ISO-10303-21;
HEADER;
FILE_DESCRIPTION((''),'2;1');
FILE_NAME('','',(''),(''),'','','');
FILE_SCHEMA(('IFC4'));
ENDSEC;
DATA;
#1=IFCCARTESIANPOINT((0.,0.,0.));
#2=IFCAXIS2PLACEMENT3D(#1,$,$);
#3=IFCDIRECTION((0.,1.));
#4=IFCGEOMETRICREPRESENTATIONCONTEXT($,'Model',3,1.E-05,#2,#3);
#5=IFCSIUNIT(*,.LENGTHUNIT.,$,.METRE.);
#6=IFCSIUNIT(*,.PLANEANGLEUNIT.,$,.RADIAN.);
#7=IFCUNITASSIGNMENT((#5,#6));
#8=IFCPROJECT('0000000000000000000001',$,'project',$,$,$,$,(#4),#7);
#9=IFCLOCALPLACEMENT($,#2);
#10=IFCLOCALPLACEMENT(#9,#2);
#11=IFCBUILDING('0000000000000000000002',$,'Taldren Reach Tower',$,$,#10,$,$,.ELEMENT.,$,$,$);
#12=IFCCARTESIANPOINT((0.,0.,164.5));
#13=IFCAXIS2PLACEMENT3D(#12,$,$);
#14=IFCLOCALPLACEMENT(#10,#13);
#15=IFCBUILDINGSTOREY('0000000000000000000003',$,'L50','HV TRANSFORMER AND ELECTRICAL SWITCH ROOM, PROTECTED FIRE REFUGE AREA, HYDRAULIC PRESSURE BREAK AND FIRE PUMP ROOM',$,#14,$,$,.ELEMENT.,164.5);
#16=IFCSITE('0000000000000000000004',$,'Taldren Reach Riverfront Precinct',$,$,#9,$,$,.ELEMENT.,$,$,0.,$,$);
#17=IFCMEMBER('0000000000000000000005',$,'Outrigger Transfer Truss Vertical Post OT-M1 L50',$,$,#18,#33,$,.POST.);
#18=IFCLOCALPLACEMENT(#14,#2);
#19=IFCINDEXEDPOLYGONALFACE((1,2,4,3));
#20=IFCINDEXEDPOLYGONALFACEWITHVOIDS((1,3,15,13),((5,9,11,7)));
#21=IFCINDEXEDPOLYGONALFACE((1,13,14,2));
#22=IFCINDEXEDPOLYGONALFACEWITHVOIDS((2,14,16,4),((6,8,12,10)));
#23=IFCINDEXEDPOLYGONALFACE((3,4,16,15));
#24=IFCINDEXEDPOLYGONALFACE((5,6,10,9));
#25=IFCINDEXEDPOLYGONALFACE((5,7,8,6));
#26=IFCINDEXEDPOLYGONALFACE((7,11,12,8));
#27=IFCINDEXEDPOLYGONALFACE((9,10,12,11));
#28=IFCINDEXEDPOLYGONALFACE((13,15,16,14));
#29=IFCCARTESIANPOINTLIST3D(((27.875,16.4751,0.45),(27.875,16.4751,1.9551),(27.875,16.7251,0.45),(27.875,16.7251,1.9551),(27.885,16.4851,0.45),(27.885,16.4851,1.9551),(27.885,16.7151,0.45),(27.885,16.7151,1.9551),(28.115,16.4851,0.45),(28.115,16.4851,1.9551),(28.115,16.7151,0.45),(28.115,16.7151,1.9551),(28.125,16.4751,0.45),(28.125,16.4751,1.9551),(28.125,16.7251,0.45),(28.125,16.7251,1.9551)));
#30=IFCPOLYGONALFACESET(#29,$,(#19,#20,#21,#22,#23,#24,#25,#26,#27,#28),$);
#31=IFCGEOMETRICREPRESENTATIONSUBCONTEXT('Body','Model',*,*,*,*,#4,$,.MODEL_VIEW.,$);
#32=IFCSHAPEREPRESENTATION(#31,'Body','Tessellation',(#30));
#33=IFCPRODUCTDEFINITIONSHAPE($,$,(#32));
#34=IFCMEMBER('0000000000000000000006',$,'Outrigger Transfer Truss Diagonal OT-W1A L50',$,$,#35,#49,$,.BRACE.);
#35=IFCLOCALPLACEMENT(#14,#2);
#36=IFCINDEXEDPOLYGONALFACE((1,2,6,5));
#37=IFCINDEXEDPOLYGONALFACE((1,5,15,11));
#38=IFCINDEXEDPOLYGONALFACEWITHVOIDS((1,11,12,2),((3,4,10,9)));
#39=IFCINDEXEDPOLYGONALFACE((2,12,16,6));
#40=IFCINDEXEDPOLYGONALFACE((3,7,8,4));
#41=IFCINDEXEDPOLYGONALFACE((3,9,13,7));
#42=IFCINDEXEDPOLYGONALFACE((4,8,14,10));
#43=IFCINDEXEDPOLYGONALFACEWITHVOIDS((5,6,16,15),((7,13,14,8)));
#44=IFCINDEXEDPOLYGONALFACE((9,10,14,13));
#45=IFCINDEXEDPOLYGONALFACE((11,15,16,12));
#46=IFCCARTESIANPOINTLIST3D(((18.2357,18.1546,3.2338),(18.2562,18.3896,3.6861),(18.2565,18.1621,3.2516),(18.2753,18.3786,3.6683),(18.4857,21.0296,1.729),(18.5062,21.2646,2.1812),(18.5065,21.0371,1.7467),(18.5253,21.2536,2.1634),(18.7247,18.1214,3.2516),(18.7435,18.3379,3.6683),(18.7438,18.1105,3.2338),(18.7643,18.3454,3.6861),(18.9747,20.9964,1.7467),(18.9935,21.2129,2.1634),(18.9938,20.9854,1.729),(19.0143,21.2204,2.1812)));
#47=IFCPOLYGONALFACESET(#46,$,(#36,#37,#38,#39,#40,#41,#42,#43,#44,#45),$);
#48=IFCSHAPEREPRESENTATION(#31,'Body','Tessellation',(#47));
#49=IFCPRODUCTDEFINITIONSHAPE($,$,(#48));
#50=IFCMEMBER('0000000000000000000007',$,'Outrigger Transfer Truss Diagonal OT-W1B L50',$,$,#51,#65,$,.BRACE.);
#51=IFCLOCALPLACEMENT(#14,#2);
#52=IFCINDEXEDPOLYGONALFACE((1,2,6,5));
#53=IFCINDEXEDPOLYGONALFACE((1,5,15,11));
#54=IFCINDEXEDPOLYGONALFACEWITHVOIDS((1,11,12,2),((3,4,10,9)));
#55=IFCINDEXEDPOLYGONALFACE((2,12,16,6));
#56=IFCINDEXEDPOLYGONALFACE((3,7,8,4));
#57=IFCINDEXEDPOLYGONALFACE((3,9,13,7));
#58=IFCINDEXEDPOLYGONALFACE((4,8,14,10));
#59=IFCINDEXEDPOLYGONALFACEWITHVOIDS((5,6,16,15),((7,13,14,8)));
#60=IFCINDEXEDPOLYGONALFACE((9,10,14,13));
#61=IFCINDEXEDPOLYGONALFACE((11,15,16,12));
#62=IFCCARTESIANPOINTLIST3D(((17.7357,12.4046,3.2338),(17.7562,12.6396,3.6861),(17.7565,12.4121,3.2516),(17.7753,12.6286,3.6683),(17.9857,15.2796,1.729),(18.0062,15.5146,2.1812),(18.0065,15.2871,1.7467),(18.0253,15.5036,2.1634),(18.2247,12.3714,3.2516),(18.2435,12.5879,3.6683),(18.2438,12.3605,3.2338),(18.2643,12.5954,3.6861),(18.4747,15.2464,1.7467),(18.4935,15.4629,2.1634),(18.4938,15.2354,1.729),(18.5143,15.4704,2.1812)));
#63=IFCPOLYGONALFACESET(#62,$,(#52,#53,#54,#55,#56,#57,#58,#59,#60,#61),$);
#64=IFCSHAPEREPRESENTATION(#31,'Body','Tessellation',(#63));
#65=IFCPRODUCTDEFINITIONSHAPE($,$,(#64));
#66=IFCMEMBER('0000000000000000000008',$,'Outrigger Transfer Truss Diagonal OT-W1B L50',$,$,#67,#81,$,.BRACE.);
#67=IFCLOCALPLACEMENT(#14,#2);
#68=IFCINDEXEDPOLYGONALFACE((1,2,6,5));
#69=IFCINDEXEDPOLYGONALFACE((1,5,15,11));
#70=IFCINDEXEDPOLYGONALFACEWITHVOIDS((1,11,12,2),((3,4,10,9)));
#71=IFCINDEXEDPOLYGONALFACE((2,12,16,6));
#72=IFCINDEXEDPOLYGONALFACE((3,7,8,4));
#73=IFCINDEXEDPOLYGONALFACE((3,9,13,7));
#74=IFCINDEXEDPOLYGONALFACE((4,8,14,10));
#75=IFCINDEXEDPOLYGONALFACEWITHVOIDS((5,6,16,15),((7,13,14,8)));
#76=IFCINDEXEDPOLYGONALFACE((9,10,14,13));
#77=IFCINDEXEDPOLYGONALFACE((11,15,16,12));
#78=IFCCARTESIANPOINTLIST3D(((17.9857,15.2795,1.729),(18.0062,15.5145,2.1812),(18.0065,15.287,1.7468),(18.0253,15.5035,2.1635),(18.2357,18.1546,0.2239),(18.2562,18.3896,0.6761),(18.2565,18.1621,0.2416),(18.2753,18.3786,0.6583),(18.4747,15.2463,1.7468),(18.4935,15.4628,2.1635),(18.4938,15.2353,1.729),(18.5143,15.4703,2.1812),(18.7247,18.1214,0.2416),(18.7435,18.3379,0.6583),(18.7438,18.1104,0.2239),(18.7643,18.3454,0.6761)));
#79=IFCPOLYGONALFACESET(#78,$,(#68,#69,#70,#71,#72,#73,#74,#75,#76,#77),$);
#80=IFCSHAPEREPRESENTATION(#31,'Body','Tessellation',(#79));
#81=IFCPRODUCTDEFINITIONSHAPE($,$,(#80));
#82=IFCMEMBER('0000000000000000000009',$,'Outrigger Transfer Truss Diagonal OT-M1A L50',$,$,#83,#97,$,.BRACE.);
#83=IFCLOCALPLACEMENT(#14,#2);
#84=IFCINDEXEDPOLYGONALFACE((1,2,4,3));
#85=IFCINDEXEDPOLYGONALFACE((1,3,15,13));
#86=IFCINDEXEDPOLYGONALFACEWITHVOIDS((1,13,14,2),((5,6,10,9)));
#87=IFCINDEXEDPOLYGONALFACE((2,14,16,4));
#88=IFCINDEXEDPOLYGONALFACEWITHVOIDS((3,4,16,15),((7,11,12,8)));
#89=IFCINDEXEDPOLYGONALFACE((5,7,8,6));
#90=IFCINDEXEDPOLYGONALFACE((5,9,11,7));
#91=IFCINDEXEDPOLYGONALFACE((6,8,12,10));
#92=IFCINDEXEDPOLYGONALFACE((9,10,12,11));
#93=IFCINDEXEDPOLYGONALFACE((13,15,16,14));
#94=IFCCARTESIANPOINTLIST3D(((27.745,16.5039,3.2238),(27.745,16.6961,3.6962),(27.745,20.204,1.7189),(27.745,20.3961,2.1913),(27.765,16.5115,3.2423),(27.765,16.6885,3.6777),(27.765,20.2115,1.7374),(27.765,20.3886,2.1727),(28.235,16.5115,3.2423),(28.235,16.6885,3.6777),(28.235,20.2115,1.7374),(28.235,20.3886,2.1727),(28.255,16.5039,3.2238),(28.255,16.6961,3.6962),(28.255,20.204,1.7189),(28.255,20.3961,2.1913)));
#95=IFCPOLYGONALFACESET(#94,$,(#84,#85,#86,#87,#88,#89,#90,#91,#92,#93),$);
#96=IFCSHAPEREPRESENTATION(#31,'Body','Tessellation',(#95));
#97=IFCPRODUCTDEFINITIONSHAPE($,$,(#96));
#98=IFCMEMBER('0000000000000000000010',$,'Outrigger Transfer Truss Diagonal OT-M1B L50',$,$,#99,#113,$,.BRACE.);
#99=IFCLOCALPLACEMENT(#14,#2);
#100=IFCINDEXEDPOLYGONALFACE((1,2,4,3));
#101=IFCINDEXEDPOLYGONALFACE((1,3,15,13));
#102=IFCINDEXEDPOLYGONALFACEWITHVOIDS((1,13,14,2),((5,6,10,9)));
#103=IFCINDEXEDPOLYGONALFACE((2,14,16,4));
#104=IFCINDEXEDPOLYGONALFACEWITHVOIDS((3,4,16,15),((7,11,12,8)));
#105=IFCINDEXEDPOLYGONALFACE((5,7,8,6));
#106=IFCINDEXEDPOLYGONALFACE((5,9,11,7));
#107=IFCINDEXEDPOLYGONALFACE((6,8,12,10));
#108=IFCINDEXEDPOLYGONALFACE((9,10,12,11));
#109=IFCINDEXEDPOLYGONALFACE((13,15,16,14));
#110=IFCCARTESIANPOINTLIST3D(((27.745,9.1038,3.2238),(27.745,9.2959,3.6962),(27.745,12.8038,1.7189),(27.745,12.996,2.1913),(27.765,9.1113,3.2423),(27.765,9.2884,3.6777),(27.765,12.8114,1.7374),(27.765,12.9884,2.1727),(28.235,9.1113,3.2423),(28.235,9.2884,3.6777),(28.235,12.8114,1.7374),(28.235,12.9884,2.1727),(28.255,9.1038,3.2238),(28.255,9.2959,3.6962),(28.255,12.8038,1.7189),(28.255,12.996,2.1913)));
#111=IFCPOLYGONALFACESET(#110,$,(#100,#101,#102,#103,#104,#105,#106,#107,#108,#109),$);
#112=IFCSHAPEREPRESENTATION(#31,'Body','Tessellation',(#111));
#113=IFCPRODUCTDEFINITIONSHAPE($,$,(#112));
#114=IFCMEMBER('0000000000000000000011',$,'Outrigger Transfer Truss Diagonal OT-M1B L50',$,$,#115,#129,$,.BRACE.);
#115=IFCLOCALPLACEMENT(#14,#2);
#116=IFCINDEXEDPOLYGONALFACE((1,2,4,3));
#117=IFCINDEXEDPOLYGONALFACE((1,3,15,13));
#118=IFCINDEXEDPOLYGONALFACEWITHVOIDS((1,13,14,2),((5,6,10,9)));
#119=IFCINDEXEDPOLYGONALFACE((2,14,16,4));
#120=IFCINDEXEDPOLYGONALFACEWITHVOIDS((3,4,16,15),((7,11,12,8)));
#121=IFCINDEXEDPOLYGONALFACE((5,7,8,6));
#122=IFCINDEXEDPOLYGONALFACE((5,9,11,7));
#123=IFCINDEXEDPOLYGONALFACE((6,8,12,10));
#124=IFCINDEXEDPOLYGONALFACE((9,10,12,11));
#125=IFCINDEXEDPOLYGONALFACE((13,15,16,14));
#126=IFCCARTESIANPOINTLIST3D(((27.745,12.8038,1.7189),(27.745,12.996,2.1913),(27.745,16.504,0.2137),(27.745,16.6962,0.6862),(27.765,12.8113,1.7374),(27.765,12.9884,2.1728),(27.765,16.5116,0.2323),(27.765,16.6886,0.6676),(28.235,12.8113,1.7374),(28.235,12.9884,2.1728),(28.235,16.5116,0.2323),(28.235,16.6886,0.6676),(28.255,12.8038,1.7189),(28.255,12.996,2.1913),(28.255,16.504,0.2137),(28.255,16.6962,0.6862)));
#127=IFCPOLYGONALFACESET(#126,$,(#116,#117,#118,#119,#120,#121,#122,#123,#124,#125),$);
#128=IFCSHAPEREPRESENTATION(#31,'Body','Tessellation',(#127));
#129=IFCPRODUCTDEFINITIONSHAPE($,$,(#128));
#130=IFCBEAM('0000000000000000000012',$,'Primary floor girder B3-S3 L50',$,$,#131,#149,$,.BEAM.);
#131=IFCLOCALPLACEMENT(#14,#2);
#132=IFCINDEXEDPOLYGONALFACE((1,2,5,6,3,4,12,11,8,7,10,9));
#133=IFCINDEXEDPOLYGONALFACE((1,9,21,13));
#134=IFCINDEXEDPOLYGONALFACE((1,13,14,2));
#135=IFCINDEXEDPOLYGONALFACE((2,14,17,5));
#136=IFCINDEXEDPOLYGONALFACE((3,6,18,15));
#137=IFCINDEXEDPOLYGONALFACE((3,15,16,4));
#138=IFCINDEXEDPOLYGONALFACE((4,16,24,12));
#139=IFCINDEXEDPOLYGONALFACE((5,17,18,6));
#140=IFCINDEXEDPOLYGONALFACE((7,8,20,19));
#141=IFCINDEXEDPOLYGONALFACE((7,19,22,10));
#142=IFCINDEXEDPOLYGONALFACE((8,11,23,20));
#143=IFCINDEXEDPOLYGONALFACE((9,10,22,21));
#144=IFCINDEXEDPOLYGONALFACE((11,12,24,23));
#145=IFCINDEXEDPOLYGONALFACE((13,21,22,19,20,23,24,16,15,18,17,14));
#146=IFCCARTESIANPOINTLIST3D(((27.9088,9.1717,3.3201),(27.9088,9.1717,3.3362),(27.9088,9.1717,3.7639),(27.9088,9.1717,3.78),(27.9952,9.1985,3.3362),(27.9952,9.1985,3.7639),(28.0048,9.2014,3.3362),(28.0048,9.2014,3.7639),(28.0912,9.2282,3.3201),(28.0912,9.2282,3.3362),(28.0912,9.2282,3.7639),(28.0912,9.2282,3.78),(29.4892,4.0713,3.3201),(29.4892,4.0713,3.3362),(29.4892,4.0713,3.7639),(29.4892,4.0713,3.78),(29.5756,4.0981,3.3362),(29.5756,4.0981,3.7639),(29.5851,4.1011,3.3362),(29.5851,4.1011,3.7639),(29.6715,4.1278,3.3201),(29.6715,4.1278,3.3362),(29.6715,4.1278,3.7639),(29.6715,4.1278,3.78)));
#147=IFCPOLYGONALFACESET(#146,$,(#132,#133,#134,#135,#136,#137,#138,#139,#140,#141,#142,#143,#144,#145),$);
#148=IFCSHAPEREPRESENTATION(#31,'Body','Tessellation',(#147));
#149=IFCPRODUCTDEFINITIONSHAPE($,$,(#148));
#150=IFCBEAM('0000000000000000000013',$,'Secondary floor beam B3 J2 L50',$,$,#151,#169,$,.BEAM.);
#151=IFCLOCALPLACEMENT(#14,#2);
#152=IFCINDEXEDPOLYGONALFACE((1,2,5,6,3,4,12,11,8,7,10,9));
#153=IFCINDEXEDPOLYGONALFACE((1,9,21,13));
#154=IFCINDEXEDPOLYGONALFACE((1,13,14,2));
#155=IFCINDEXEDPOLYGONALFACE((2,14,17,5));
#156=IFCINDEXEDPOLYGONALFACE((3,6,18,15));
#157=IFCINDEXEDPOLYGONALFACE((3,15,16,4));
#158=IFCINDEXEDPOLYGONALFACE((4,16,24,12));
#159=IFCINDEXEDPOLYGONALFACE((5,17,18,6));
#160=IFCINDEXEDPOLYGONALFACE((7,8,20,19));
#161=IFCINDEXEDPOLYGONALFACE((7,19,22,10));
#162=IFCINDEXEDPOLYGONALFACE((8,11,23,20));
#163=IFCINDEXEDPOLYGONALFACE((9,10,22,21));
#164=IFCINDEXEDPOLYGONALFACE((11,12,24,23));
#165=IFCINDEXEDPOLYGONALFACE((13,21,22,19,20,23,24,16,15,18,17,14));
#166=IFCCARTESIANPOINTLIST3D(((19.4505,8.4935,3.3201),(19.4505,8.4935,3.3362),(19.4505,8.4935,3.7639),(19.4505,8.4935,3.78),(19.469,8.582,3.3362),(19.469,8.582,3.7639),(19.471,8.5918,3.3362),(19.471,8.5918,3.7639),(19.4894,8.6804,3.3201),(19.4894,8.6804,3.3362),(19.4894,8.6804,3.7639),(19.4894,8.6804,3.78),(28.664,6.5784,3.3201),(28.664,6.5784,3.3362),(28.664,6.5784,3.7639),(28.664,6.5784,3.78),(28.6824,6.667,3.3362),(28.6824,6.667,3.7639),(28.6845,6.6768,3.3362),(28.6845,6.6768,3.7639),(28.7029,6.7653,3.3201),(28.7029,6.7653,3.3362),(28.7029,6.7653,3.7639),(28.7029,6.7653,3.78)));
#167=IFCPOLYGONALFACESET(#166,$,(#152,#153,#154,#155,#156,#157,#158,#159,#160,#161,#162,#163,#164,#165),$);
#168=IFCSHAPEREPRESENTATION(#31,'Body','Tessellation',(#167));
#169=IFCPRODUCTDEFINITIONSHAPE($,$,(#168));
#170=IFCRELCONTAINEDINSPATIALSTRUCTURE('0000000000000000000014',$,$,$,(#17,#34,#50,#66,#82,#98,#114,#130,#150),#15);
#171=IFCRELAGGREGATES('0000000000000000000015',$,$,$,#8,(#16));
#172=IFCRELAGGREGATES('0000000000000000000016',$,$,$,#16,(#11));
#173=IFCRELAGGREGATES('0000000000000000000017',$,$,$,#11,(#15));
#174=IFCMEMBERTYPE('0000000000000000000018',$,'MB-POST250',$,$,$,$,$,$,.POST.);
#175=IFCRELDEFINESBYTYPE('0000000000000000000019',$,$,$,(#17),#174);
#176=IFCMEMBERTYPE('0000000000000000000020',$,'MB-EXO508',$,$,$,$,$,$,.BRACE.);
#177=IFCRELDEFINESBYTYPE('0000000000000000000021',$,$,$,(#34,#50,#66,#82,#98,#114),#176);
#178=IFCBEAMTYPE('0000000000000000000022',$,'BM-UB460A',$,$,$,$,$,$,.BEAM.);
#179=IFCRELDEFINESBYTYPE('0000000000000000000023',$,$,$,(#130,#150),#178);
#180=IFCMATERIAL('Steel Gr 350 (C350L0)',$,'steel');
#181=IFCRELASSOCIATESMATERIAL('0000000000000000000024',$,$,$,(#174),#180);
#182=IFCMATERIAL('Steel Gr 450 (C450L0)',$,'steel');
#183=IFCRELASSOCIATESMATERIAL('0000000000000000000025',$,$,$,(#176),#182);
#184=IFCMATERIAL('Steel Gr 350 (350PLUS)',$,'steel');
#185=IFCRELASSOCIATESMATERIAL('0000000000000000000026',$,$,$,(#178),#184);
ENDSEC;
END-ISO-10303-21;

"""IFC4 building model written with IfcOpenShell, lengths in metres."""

from ifc_helpers import new_model, si_unit, direction, frame, origin, origin_2d, place, context, subcontext, project, spatial, hollow_rectangle, i_section, extrude, source, transform, mapped, material, material_profile, profile_set, type_object, element, save


model = new_model("IFC4")

# Units and contexts
model_context = context("Model", 3, precision=1e-05, world=origin(), true_north=direction((0.0, 1.0)))
body_context = subcontext(model_context, "Body", "Model", "MODEL_VIEW")
ifc_project = project(units=[si_unit("LENGTHUNIT", "METRE"), si_unit("PLANEANGLEUNIT", "RADIAN")], contexts=[model_context])

# Site, building, storey
site_placement = place(None, origin())
site = spatial("IfcSite", under=ifc_project, at=site_placement, Name="Taldren Reach Riverfront Precinct", CompositionType="ELEMENT", RefElevation=0.0)
building_placement = place(site_placement, origin())
building = spatial("IfcBuilding", under=site, at=building_placement, Name="Taldren Reach Tower", CompositionType="ELEMENT")
storey_placement = place(building_placement, frame((0.0, 0.0, 164.5)))
storey = spatial("IfcBuildingStorey", under=building, at=storey_placement, Name="L50", Description="HV TRANSFORMER AND ELECTRICAL SWITCH ROOM, PROTECTED FIRE REFUGE AREA, HYDRAULIC PRESSURE BREAK AND FIRE PUMP ROOM", CompositionType="ELEMENT", Elevation=164.5)

# Shared definitions
ifc_material_1 = material(Name="Steel Gr 350 (350PLUS)", Category="steel")

# Members
ifc_material_2 = material(Name="Steel Gr 450 (C450L0)", Category="steel")
ifc_material_3 = material(Name="Steel Gr 350 (C350L0)", Category="steel")
ifc_material_profile_1 = material_profile(ifc_material_3, hollow_rectangle(XDim=0.25, YDim=0.25, WallThickness=0.01, at=origin_2d()), Name="250x250x10.0SHS")
ifc_profile_set_1 = profile_set([ifc_material_profile_1], Name="Steel Gr 350 (C350L0)")
member_type_1 = type_object("IfcMemberType", Name="MB-POST250", PredefinedType="POST", material=ifc_profile_set_1)
shared_shape_1 = source(origin(), body_context, "Body", "SweptSolid", [
    extrude(hollow_rectangle(XDim=0.25, YDim=0.25, WallThickness=0.01, at=origin_2d()), origin(), (0.0, 0.0, 1.0), 1.5051),
])
for number, where, z_axis, x_axis, name in (
    (1, (28.0, 16.6001, 0.45), (0.0, 0.0, 1.0), (1.0, 0.0, 0.0), "Outrigger Transfer Truss Vertical Post OT-M1 L50"),
):
    element("IfcMember", number, at=place(storey_placement, frame(where, z_axis=z_axis, x_axis=x_axis)), inside=storey, type_object=member_type_1, Name=name, PredefinedType="POST", context=body_context, shape_type="MappedRepresentation", body=[
        mapped(shared_shape_1, transform((0.0, 0.0, 0.0), scale=1.0)),
    ])
ifc_material_profile_2 = material_profile(ifc_material_2, hollow_rectangle(XDim=0.51, YDim=0.51, WallThickness=0.02, at=origin_2d()), Name="510x510x20.0SHS")
ifc_profile_set_2 = profile_set([ifc_material_profile_2], Name="Steel Gr 450 (C450L0)")
member_type_2 = type_object("IfcMemberType", Name="MB-EXO508", PredefinedType="BRACE", material=ifc_profile_set_2)
shared_shape_2 = source(origin(), body_context, "Body", "SweptSolid", [
    extrude(hollow_rectangle(XDim=0.51, YDim=0.51, WallThickness=0.02, at=origin_2d()), origin(), (0.0, 0.0, 1.0), 3.2546),
])
for number, where, z_axis, x_axis, name in (
    (2, (18.75, 21.125, 1.9551), (-0.076813, -0.883349, 0.462378), (0.996241, -0.08663, 0.0), "Outrigger Transfer Truss Diagonal OT-W1A L50"),
    (3, (18.25, 15.375, 1.9551), (-0.076813, -0.883349, 0.462378), (0.996241, -0.08663, 0.0), "Outrigger Transfer Truss Diagonal OT-W1B L50"),
):
    element("IfcMember", number, at=place(storey_placement, frame(where, z_axis=z_axis, x_axis=x_axis)), inside=storey, type_object=member_type_2, Name=name, PredefinedType="BRACE", context=body_context, shape_type="MappedRepresentation", body=[
        mapped(shared_shape_2, transform((0.0, 0.0, 0.0), scale=1.0)),
    ])
shared_shape_3 = source(origin(), body_context, "Body", "SweptSolid", [
    extrude(hollow_rectangle(XDim=0.51, YDim=0.51, WallThickness=0.02, at=origin_2d()), origin(), (0.0, 0.0, 1.0), 3.2549),
])
member_1_placement = place(storey_placement, frame((18.5, 18.25, 0.45), z_axis=(-0.07681, -0.883319, 0.462437), x_axis=(0.996241, -0.08663, 0.0)))
element("IfcMember", 4, at=member_1_placement, inside=storey, type_object=member_type_2, Name="Outrigger Transfer Truss Diagonal OT-W1B L50", PredefinedType="BRACE", context=body_context, shape_type="MappedRepresentation", body=[
    mapped(shared_shape_3, transform((0.0, 0.0, 0.0), scale=1.0)),
])
shared_shape_4 = source(origin(), body_context, "Body", "SweptSolid", [
    extrude(hollow_rectangle(XDim=0.51, YDim=0.51, WallThickness=0.02, at=origin_2d()), origin(), (0.0, 0.0, 1.0), 3.9944),
])
for number, where, z_axis, x_axis, name in (
    (5, (28.0, 20.3, 1.9551), (0.0, -0.926311, 0.376759), (1.0, 0.0, 0.0), "Outrigger Transfer Truss Diagonal OT-M1A L50"),
    (6, (28.0, 12.8999, 1.9551), (0.0, -0.926311, 0.376759), (1.0, 0.0, 0.0), "Outrigger Transfer Truss Diagonal OT-M1B L50"),
):
    element("IfcMember", number, at=place(storey_placement, frame(where, z_axis=z_axis, x_axis=x_axis)), inside=storey, type_object=member_type_2, Name=name, PredefinedType="BRACE", context=body_context, shape_type="MappedRepresentation", body=[
        mapped(shared_shape_4, transform((0.0, 0.0, 0.0), scale=1.0)),
    ])
shared_shape_5 = source(origin(), body_context, "Body", "SweptSolid", [
    extrude(hollow_rectangle(XDim=0.51, YDim=0.51, WallThickness=0.02, at=origin_2d()), origin(), (0.0, 0.0, 1.0), 3.9946),
])
member_2_placement = place(storey_placement, frame((28.0, 16.6001, 0.45), z_axis=(0.0, -0.926299, 0.37679), x_axis=(1.0, 0.0, 0.0)))
element("IfcMember", 7, at=member_2_placement, inside=storey, type_object=member_type_2, Name="Outrigger Transfer Truss Diagonal OT-M1B L50", PredefinedType="BRACE", context=body_context, shape_type="MappedRepresentation", body=[
    mapped(shared_shape_5, transform((0.0, 0.0, 0.0), scale=1.0)),
])

# Beams
ifc_material_profile_3 = material_profile(ifc_material_1, i_section(OverallWidth=0.1909, OverallDepth=0.46, WebThickness=0.01, FlangeThickness=0.0161, at=origin_2d()), Name="460UB82.1")
ifc_profile_set_3 = profile_set([ifc_material_profile_3], Name="Steel Gr 350 (350PLUS)")
beam_type_1 = type_object("IfcBeamType", Name="BM-UB460A", PredefinedType="BEAM", material=ifc_profile_set_3)
shared_shape_6 = source(origin(), body_context, "Body", "SweptSolid", [
    extrude(i_section(OverallWidth=0.1909, OverallDepth=0.46, WebThickness=0.01, FlangeThickness=0.0161, at=origin_2d()), origin(), (0.0, 0.0, 1.0), 5.3396),
])
beam_1_placement = place(storey_placement, frame((28.0, 9.2, 3.55), z_axis=(0.295965, -0.955199, 0.0), x_axis=(0.955199, 0.295965, 0.0)))
element("IfcBeam", 8, at=beam_1_placement, inside=storey, type_object=beam_type_1, Name="Primary floor girder B3-S3 L50", PredefinedType="BEAM", context=body_context, shape_type="MappedRepresentation", body=[
    mapped(shared_shape_6, transform((0.0, 0.0, 0.0), scale=1.0)),
])
shared_shape_7 = source(origin(), body_context, "Body", "SweptSolid", [
    extrude(i_section(OverallWidth=0.1909, OverallDepth=0.46, WebThickness=0.01, FlangeThickness=0.0161, at=origin_2d()), origin(), (0.0, 0.0, 1.0), 9.4104),
])
beam_2_placement = place(storey_placement, frame((19.47, 8.5869, 3.55), z_axis=(0.979074, -0.203505, 0.0), x_axis=(0.203505, 0.979074, 0.0)))
element("IfcBeam", 9, at=beam_2_placement, inside=storey, type_object=beam_type_1, Name="Secondary floor beam B3 J2 L50", PredefinedType="BEAM", context=body_context, shape_type="MappedRepresentation", body=[
    mapped(shared_shape_7, transform((0.0, 0.0, 0.0), scale=1.0)),
])

save(model, "model.ifc")
